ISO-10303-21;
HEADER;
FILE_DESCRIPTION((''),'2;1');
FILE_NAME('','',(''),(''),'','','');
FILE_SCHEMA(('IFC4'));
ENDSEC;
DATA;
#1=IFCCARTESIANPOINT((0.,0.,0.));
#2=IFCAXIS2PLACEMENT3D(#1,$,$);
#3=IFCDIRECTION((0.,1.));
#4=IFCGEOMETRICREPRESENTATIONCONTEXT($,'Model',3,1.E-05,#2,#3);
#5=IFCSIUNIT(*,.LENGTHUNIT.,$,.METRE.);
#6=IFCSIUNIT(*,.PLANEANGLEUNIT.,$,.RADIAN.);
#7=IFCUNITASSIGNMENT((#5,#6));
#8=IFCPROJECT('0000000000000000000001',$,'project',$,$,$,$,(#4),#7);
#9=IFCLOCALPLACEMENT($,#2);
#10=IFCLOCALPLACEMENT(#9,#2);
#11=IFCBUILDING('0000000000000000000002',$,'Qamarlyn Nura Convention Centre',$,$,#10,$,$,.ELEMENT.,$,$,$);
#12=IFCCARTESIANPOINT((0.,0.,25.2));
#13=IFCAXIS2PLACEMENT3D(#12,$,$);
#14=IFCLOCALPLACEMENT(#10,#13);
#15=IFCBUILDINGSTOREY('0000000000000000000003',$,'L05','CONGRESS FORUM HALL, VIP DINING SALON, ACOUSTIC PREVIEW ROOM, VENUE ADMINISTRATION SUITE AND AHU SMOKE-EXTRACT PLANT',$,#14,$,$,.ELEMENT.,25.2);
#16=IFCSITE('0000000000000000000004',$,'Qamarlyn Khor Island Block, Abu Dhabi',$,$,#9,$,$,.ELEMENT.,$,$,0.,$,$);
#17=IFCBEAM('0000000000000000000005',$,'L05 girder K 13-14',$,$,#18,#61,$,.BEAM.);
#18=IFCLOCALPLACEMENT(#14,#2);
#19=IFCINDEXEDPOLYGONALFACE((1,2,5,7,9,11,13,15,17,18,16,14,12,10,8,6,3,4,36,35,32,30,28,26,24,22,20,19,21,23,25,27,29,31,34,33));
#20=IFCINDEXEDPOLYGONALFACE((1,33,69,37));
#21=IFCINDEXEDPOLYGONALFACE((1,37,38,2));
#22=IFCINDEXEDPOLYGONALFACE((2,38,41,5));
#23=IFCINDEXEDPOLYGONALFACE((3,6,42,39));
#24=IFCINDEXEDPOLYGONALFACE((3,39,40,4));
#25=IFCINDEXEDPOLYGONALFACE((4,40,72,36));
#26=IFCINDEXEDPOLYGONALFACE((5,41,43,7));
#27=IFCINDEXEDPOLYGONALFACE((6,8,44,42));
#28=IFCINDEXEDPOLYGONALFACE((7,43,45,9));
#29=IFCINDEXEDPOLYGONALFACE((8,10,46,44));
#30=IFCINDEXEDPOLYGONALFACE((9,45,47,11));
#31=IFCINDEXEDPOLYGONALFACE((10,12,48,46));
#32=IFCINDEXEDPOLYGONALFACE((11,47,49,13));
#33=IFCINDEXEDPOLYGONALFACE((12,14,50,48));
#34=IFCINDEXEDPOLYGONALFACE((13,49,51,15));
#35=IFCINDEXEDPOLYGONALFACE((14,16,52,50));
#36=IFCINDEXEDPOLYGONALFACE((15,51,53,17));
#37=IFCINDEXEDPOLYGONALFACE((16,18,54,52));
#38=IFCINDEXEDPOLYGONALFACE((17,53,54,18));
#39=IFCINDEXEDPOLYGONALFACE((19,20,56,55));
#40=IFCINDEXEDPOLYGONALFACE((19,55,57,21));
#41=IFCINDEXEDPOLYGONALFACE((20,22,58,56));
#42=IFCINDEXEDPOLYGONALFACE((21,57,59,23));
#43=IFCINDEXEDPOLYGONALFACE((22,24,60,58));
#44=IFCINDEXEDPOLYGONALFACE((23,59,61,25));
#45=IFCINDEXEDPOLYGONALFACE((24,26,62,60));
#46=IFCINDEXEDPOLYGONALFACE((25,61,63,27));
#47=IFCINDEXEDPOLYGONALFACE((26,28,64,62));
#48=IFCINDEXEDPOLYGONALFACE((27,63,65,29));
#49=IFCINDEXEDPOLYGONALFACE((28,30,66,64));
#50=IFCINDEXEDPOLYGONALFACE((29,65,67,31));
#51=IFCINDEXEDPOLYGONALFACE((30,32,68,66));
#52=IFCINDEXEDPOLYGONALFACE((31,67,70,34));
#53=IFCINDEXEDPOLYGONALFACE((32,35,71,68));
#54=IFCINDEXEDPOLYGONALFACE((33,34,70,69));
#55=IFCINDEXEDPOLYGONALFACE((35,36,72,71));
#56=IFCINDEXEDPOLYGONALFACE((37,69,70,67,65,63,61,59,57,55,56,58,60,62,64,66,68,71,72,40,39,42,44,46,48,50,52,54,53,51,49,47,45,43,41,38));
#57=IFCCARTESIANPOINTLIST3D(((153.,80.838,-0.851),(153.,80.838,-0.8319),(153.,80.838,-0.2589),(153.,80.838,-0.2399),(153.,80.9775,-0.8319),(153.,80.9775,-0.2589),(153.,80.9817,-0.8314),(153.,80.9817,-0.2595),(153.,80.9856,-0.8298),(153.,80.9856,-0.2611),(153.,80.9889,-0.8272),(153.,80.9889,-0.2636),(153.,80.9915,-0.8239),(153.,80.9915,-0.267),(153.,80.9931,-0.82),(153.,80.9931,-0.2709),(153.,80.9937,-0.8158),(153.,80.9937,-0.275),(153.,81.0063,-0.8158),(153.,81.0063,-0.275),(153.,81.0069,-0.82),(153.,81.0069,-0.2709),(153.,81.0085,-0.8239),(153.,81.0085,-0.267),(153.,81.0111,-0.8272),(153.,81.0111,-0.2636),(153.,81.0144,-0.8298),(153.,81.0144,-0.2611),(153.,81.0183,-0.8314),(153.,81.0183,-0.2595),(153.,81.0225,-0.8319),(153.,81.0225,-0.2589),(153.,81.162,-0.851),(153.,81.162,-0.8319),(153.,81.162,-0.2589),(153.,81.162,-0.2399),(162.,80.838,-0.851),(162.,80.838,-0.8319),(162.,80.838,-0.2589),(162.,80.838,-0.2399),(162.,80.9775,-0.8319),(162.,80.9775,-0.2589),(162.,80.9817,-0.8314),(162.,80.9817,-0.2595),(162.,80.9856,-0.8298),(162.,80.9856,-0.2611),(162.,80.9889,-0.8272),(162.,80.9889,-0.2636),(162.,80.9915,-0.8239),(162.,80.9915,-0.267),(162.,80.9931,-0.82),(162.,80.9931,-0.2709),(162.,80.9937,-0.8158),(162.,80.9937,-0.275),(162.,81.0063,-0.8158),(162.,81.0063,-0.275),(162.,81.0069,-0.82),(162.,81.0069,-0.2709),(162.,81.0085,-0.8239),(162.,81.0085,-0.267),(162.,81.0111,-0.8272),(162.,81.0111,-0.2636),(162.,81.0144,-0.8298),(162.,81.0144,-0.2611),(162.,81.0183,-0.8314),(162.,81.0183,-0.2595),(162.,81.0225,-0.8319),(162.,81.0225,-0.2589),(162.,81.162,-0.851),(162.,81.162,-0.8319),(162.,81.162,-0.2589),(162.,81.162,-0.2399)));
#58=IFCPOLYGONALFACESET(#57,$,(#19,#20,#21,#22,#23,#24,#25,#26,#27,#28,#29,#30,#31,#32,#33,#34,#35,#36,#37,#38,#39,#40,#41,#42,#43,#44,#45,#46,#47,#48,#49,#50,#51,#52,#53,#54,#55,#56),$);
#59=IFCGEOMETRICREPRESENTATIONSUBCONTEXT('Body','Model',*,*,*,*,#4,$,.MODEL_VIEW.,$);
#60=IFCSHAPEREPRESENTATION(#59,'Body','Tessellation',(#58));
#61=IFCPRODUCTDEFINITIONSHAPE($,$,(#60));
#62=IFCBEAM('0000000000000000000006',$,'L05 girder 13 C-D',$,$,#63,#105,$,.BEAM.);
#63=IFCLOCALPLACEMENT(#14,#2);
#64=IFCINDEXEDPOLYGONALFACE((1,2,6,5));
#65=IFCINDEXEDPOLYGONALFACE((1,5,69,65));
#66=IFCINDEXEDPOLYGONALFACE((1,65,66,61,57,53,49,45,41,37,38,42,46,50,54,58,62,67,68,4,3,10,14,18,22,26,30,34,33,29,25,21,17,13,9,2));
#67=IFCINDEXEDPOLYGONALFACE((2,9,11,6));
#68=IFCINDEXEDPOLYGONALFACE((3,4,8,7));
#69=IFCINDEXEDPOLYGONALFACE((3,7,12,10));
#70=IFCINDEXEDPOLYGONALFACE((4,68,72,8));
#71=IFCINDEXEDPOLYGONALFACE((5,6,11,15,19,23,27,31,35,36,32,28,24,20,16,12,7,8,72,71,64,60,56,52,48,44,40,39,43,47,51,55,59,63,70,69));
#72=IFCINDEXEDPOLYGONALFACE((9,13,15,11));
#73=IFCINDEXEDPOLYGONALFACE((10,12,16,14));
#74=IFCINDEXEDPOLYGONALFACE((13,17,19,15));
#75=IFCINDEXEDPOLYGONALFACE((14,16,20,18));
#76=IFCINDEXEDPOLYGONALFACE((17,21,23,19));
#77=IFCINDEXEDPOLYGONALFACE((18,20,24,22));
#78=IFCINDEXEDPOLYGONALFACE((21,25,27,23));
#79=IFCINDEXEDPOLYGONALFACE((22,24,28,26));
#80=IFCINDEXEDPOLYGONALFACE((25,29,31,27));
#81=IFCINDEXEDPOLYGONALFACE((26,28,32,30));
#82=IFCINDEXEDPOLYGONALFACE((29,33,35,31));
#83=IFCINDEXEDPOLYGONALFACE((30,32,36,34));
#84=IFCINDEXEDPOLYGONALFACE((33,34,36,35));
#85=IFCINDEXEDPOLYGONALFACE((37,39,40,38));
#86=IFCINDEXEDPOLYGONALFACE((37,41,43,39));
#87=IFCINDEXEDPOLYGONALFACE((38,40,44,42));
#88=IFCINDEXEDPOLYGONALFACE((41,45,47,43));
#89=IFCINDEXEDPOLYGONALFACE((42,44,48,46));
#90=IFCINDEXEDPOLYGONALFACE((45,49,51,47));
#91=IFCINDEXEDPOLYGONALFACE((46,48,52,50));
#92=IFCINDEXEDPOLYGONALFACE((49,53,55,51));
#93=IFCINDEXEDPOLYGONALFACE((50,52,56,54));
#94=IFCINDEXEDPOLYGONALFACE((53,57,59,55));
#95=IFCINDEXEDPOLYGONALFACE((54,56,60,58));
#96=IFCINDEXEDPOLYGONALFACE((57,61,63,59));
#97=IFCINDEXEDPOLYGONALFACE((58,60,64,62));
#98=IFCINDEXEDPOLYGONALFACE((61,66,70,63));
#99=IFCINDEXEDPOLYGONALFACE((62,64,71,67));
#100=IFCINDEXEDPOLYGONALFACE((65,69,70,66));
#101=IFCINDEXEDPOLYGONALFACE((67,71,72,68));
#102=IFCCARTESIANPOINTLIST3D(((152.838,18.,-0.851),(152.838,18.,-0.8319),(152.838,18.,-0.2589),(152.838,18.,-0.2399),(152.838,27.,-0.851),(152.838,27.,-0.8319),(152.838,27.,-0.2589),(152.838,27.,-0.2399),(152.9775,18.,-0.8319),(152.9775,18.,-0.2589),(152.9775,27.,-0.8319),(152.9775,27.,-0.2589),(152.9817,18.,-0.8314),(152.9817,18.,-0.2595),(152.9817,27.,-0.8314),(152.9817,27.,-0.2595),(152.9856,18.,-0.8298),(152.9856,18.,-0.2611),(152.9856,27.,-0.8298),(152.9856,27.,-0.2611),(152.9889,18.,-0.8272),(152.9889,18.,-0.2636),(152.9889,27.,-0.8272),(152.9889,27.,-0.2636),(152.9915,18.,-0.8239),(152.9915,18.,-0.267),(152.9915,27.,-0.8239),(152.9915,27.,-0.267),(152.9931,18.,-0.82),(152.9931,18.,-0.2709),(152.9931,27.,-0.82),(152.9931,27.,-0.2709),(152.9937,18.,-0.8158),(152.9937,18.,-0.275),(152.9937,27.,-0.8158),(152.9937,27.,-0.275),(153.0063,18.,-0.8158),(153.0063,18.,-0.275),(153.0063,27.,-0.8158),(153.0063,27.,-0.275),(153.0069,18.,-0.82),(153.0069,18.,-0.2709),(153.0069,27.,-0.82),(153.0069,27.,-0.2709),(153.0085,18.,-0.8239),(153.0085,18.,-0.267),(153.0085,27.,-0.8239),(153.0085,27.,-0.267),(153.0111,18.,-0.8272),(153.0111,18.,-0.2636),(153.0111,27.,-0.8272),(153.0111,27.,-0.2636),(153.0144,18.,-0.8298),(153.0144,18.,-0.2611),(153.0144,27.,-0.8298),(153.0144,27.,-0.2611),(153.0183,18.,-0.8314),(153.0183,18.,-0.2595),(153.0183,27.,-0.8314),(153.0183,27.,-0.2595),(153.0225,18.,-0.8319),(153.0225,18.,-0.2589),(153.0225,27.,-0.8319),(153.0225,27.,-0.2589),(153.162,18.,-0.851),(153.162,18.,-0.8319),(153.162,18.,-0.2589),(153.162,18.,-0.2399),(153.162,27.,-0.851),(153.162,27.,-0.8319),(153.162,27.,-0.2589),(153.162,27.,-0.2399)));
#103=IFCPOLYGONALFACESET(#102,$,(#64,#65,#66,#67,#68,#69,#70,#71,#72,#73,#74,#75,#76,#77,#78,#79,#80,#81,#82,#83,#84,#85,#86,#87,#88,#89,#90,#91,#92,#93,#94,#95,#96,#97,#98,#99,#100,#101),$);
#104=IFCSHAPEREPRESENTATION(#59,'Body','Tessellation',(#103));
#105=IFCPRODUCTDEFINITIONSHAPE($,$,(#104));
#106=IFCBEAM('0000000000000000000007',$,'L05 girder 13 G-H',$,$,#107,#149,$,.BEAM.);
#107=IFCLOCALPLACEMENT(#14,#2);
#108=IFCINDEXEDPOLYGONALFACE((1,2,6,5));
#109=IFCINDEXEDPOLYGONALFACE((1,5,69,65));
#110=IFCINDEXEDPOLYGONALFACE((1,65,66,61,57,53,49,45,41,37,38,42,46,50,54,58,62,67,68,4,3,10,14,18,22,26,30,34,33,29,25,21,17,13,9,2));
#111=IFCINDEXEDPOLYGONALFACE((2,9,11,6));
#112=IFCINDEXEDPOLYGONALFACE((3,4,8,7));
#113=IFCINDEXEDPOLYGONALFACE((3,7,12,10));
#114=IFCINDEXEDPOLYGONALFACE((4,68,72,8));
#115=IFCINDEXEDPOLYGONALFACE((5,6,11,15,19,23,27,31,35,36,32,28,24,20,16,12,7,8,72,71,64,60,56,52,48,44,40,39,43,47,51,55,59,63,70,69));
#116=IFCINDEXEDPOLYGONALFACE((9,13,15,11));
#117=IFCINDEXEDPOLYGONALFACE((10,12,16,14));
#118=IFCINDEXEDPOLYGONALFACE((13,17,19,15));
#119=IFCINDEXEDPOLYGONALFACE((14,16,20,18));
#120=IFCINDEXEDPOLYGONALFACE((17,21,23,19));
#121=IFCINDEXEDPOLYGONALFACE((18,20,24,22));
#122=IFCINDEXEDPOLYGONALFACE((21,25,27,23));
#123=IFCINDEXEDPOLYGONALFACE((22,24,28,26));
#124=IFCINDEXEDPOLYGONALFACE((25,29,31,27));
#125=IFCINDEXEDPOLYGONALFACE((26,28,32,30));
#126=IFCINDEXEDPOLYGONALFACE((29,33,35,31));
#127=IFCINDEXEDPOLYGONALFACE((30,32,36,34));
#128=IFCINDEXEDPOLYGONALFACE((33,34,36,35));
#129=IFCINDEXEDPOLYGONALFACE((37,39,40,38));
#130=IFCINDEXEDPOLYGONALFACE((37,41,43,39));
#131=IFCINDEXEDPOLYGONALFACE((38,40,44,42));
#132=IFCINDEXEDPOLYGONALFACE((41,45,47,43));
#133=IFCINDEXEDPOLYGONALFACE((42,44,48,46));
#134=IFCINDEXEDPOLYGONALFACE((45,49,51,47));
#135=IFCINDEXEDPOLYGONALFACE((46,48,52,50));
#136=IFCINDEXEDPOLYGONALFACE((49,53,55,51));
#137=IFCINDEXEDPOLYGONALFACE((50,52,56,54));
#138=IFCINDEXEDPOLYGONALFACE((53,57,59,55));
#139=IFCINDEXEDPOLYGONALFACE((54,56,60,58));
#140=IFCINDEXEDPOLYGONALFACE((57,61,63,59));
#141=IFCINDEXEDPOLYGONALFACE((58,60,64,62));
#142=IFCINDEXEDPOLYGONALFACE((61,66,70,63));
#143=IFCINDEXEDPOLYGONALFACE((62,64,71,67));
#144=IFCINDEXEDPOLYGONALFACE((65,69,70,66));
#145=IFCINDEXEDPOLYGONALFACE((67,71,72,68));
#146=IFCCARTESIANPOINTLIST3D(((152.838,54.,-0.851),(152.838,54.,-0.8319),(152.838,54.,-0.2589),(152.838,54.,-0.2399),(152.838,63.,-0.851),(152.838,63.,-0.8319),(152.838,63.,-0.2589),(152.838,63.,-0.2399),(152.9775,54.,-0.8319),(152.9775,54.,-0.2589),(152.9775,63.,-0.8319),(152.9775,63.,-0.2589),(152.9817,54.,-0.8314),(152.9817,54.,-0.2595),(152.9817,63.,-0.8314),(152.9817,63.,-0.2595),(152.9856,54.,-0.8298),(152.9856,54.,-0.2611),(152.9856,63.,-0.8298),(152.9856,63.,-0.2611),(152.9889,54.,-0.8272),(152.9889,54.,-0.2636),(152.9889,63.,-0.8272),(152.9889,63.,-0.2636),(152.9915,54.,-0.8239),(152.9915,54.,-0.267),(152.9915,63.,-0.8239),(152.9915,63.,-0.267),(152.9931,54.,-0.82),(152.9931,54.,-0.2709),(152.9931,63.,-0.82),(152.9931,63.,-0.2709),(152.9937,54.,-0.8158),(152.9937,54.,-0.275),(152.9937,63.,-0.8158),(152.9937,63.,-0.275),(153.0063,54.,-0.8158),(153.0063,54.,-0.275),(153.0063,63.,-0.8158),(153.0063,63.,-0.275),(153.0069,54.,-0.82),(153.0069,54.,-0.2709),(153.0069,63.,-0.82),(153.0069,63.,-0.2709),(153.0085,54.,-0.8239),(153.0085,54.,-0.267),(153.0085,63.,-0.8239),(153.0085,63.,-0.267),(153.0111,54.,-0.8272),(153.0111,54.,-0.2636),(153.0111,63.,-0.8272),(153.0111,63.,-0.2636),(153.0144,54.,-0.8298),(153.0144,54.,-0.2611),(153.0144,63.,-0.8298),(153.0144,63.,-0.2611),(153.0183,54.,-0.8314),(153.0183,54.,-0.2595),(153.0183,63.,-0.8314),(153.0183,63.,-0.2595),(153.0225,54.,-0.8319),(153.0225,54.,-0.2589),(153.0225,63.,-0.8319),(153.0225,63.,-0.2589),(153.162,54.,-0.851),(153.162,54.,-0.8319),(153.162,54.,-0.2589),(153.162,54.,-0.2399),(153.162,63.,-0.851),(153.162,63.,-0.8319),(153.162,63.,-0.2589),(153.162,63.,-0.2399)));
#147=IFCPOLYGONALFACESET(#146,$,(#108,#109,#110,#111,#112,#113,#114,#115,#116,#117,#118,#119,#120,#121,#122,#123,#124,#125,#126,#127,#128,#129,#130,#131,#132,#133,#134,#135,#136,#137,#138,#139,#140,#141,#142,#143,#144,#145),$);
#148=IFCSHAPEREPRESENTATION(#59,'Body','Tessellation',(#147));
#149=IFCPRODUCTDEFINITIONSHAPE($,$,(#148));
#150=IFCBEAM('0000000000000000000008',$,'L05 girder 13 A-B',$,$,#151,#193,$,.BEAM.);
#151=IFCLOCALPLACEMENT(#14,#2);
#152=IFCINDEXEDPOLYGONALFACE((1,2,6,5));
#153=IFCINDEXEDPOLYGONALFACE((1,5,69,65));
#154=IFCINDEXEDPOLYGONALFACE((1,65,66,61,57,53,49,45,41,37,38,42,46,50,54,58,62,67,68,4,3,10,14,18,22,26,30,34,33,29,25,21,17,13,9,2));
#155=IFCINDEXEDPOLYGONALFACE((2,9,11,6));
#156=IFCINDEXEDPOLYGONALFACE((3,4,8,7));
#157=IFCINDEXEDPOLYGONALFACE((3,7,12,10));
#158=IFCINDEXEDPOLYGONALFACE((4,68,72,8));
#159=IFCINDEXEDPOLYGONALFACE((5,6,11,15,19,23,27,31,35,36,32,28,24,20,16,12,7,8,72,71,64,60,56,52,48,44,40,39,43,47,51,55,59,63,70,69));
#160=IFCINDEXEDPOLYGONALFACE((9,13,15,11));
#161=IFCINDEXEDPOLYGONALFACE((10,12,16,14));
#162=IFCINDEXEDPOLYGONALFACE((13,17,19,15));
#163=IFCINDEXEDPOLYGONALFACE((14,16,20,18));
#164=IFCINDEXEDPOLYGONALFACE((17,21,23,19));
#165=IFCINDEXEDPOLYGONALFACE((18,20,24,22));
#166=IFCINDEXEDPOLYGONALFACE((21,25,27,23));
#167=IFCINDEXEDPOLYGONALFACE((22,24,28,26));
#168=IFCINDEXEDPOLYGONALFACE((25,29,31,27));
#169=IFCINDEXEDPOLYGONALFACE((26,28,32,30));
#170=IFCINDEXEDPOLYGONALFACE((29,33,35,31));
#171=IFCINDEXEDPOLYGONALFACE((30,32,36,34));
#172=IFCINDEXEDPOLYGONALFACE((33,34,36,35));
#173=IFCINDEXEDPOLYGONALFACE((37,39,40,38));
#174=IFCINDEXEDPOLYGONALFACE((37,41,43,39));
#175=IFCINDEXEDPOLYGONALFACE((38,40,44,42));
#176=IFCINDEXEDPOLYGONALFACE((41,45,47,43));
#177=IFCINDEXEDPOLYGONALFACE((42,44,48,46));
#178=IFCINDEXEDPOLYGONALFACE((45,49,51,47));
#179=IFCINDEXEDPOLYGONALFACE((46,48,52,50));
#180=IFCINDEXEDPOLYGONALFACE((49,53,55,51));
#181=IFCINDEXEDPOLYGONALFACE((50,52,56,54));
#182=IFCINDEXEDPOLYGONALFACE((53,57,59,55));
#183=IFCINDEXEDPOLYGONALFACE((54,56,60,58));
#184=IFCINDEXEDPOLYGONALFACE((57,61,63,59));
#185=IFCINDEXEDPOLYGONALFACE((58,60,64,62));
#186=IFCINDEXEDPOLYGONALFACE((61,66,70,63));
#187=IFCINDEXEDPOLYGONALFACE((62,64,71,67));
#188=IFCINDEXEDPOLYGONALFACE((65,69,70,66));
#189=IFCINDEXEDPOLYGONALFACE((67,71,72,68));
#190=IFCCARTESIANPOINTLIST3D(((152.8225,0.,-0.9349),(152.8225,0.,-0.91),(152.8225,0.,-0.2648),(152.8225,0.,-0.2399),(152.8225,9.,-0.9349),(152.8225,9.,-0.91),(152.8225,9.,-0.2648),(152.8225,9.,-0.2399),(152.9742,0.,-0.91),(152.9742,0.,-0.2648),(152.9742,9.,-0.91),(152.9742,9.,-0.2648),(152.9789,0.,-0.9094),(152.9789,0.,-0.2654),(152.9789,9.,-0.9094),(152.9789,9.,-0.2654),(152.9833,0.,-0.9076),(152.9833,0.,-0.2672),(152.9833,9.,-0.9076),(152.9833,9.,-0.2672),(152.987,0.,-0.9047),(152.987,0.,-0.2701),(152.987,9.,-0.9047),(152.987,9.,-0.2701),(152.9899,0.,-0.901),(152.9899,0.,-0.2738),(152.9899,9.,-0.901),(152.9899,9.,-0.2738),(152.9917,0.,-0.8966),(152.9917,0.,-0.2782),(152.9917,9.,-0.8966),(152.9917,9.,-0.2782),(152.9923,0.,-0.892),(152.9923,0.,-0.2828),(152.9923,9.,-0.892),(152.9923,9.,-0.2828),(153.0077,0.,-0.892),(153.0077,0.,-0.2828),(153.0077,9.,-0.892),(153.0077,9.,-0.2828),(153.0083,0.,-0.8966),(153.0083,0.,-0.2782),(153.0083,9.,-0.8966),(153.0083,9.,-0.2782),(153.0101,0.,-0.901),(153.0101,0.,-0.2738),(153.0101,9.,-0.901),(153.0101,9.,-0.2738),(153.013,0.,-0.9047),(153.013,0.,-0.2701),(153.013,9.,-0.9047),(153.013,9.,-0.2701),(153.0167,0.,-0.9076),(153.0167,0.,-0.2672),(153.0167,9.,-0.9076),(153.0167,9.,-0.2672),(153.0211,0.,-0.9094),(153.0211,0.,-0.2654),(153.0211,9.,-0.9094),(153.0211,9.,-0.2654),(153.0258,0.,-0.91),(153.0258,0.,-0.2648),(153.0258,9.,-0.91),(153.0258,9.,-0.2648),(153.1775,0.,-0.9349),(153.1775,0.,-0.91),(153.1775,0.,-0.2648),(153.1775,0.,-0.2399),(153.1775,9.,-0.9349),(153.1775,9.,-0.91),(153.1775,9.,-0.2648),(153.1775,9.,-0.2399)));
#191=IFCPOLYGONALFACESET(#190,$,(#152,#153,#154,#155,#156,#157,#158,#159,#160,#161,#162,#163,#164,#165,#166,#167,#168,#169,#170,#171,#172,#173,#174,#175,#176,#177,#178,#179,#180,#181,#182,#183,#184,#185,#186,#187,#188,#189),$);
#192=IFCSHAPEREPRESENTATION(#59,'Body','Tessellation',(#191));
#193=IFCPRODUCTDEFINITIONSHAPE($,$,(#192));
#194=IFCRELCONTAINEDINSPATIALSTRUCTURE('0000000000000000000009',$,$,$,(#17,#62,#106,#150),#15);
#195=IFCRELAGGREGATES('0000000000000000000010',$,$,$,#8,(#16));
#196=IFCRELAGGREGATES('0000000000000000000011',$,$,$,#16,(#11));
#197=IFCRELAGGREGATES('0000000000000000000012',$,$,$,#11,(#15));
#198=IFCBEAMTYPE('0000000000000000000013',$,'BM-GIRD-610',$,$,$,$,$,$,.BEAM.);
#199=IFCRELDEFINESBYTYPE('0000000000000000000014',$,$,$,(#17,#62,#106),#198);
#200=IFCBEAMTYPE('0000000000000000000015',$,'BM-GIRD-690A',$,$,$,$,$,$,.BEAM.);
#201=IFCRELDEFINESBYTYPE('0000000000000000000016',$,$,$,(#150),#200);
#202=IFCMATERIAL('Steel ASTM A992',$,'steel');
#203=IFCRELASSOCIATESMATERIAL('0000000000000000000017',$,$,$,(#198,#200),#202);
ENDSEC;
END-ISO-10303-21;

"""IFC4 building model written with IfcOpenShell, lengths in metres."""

from ifc_helpers import new_model, si_unit, direction, frame, origin, origin_2d, place, context, subcontext, project, spatial, i_section, extrude, material, material_profile, profile_set, type_object, element, save


model = new_model("IFC4")

# Units and contexts
model_context = context("Model", 3, precision=1e-05, world=origin(), true_north=direction((0.0, 1.0)))
body_context = subcontext(model_context, "Body", "Model", "MODEL_VIEW")
ifc_project = project(units=[si_unit("LENGTHUNIT", "METRE"), si_unit("PLANEANGLEUNIT", "RADIAN")], contexts=[model_context])

# Site, building, storey
site_placement = place(None, origin())
site = spatial("IfcSite", under=ifc_project, at=site_placement, Name="Qamarlyn Khor Island Block, Abu Dhabi", CompositionType="ELEMENT", RefElevation=0.0)
building_placement = place(site_placement, origin())
building = spatial("IfcBuilding", under=site, at=building_placement, Name="Qamarlyn Nura Convention Centre", CompositionType="ELEMENT")
storey_placement = place(building_placement, frame((0.0, 0.0, 25.2)))
storey = spatial("IfcBuildingStorey", under=building, at=storey_placement, Name="L05", Description="CONGRESS FORUM HALL, VIP DINING SALON, ACOUSTIC PREVIEW ROOM, VENUE ADMINISTRATION SUITE AND AHU SMOKE-EXTRACT PLANT", CompositionType="ELEMENT", Elevation=25.2)

# Shared definitions
ifc_material_1 = material(Name="Steel ASTM A992", Category="steel")

# Beams
ifc_material_profile_1 = material_profile(ifc_material_1, i_section(OverallWidth=0.324, OverallDepth=0.6111, WebThickness=0.0127, FlangeThickness=0.019, FilletRadius=0.0161, at=origin_2d()), Name="W610X155")
ifc_profile_set_1 = profile_set([ifc_material_profile_1], Name="Steel ASTM A992")
beam_type_1 = type_object("IfcBeamType", Name="BM-GIRD-610", PredefinedType="BEAM", material=ifc_profile_set_1)
for number, where, z_axis, x_axis, name in (
    (1, (153.0, 81.0, -0.5454), (1.0, 0.0, 0.0), (0.0, 1.0, 0.0), "L05 girder K 13-14"),
    (2, (153.0, 18.0, -0.5454), (0.0, 1.0, 0.0), (-1.0, 0.0, 0.0), "L05 girder 13 C-D"),
    (3, (153.0, 54.0, -0.5454), (0.0, 1.0, 0.0), (-1.0, 0.0, 0.0), "L05 girder 13 G-H"),
):
    element("IfcBeam", number, at=place(storey_placement, frame(where, z_axis=z_axis, x_axis=x_axis)), inside=storey, type_object=beam_type_1, Name=name, PredefinedType="BEAM", context=body_context, shape_type="SweptSolid", body=[
        extrude(i_section(OverallWidth=0.324, OverallDepth=0.6111, WebThickness=0.0127, FlangeThickness=0.019, FilletRadius=0.0161, at=origin_2d()), origin(), (0.0, 0.0, 1.0), 9.0),
    ])
ifc_material_profile_2 = material_profile(ifc_material_1, i_section(OverallWidth=0.355, OverallDepth=0.6951, WebThickness=0.0154, FlangeThickness=0.0249, FilletRadius=0.0181, at=origin_2d()), Name="W690X217")
ifc_profile_set_2 = profile_set([ifc_material_profile_2], Name="Steel ASTM A992")
beam_type_2 = type_object("IfcBeamType", Name="BM-GIRD-690A", PredefinedType="BEAM", material=ifc_profile_set_2)
for number, where, z_axis, x_axis, name in (
    (4, (153.0, 0.0, -0.5874), (0.0, 1.0, 0.0), (-1.0, 0.0, 0.0), "L05 girder 13 A-B"),
):
    element("IfcBeam", number, at=place(storey_placement, frame(where, z_axis=z_axis, x_axis=x_axis)), inside=storey, type_object=beam_type_2, Name=name, PredefinedType="BEAM", context=body_context, shape_type="SweptSolid", body=[
        extrude(i_section(OverallWidth=0.355, OverallDepth=0.6951, WebThickness=0.0154, FlangeThickness=0.0249, FilletRadius=0.0181, at=origin_2d()), origin(), (0.0, 0.0, 1.0), 9.0),
    ])

save(model, "model.ifc")
